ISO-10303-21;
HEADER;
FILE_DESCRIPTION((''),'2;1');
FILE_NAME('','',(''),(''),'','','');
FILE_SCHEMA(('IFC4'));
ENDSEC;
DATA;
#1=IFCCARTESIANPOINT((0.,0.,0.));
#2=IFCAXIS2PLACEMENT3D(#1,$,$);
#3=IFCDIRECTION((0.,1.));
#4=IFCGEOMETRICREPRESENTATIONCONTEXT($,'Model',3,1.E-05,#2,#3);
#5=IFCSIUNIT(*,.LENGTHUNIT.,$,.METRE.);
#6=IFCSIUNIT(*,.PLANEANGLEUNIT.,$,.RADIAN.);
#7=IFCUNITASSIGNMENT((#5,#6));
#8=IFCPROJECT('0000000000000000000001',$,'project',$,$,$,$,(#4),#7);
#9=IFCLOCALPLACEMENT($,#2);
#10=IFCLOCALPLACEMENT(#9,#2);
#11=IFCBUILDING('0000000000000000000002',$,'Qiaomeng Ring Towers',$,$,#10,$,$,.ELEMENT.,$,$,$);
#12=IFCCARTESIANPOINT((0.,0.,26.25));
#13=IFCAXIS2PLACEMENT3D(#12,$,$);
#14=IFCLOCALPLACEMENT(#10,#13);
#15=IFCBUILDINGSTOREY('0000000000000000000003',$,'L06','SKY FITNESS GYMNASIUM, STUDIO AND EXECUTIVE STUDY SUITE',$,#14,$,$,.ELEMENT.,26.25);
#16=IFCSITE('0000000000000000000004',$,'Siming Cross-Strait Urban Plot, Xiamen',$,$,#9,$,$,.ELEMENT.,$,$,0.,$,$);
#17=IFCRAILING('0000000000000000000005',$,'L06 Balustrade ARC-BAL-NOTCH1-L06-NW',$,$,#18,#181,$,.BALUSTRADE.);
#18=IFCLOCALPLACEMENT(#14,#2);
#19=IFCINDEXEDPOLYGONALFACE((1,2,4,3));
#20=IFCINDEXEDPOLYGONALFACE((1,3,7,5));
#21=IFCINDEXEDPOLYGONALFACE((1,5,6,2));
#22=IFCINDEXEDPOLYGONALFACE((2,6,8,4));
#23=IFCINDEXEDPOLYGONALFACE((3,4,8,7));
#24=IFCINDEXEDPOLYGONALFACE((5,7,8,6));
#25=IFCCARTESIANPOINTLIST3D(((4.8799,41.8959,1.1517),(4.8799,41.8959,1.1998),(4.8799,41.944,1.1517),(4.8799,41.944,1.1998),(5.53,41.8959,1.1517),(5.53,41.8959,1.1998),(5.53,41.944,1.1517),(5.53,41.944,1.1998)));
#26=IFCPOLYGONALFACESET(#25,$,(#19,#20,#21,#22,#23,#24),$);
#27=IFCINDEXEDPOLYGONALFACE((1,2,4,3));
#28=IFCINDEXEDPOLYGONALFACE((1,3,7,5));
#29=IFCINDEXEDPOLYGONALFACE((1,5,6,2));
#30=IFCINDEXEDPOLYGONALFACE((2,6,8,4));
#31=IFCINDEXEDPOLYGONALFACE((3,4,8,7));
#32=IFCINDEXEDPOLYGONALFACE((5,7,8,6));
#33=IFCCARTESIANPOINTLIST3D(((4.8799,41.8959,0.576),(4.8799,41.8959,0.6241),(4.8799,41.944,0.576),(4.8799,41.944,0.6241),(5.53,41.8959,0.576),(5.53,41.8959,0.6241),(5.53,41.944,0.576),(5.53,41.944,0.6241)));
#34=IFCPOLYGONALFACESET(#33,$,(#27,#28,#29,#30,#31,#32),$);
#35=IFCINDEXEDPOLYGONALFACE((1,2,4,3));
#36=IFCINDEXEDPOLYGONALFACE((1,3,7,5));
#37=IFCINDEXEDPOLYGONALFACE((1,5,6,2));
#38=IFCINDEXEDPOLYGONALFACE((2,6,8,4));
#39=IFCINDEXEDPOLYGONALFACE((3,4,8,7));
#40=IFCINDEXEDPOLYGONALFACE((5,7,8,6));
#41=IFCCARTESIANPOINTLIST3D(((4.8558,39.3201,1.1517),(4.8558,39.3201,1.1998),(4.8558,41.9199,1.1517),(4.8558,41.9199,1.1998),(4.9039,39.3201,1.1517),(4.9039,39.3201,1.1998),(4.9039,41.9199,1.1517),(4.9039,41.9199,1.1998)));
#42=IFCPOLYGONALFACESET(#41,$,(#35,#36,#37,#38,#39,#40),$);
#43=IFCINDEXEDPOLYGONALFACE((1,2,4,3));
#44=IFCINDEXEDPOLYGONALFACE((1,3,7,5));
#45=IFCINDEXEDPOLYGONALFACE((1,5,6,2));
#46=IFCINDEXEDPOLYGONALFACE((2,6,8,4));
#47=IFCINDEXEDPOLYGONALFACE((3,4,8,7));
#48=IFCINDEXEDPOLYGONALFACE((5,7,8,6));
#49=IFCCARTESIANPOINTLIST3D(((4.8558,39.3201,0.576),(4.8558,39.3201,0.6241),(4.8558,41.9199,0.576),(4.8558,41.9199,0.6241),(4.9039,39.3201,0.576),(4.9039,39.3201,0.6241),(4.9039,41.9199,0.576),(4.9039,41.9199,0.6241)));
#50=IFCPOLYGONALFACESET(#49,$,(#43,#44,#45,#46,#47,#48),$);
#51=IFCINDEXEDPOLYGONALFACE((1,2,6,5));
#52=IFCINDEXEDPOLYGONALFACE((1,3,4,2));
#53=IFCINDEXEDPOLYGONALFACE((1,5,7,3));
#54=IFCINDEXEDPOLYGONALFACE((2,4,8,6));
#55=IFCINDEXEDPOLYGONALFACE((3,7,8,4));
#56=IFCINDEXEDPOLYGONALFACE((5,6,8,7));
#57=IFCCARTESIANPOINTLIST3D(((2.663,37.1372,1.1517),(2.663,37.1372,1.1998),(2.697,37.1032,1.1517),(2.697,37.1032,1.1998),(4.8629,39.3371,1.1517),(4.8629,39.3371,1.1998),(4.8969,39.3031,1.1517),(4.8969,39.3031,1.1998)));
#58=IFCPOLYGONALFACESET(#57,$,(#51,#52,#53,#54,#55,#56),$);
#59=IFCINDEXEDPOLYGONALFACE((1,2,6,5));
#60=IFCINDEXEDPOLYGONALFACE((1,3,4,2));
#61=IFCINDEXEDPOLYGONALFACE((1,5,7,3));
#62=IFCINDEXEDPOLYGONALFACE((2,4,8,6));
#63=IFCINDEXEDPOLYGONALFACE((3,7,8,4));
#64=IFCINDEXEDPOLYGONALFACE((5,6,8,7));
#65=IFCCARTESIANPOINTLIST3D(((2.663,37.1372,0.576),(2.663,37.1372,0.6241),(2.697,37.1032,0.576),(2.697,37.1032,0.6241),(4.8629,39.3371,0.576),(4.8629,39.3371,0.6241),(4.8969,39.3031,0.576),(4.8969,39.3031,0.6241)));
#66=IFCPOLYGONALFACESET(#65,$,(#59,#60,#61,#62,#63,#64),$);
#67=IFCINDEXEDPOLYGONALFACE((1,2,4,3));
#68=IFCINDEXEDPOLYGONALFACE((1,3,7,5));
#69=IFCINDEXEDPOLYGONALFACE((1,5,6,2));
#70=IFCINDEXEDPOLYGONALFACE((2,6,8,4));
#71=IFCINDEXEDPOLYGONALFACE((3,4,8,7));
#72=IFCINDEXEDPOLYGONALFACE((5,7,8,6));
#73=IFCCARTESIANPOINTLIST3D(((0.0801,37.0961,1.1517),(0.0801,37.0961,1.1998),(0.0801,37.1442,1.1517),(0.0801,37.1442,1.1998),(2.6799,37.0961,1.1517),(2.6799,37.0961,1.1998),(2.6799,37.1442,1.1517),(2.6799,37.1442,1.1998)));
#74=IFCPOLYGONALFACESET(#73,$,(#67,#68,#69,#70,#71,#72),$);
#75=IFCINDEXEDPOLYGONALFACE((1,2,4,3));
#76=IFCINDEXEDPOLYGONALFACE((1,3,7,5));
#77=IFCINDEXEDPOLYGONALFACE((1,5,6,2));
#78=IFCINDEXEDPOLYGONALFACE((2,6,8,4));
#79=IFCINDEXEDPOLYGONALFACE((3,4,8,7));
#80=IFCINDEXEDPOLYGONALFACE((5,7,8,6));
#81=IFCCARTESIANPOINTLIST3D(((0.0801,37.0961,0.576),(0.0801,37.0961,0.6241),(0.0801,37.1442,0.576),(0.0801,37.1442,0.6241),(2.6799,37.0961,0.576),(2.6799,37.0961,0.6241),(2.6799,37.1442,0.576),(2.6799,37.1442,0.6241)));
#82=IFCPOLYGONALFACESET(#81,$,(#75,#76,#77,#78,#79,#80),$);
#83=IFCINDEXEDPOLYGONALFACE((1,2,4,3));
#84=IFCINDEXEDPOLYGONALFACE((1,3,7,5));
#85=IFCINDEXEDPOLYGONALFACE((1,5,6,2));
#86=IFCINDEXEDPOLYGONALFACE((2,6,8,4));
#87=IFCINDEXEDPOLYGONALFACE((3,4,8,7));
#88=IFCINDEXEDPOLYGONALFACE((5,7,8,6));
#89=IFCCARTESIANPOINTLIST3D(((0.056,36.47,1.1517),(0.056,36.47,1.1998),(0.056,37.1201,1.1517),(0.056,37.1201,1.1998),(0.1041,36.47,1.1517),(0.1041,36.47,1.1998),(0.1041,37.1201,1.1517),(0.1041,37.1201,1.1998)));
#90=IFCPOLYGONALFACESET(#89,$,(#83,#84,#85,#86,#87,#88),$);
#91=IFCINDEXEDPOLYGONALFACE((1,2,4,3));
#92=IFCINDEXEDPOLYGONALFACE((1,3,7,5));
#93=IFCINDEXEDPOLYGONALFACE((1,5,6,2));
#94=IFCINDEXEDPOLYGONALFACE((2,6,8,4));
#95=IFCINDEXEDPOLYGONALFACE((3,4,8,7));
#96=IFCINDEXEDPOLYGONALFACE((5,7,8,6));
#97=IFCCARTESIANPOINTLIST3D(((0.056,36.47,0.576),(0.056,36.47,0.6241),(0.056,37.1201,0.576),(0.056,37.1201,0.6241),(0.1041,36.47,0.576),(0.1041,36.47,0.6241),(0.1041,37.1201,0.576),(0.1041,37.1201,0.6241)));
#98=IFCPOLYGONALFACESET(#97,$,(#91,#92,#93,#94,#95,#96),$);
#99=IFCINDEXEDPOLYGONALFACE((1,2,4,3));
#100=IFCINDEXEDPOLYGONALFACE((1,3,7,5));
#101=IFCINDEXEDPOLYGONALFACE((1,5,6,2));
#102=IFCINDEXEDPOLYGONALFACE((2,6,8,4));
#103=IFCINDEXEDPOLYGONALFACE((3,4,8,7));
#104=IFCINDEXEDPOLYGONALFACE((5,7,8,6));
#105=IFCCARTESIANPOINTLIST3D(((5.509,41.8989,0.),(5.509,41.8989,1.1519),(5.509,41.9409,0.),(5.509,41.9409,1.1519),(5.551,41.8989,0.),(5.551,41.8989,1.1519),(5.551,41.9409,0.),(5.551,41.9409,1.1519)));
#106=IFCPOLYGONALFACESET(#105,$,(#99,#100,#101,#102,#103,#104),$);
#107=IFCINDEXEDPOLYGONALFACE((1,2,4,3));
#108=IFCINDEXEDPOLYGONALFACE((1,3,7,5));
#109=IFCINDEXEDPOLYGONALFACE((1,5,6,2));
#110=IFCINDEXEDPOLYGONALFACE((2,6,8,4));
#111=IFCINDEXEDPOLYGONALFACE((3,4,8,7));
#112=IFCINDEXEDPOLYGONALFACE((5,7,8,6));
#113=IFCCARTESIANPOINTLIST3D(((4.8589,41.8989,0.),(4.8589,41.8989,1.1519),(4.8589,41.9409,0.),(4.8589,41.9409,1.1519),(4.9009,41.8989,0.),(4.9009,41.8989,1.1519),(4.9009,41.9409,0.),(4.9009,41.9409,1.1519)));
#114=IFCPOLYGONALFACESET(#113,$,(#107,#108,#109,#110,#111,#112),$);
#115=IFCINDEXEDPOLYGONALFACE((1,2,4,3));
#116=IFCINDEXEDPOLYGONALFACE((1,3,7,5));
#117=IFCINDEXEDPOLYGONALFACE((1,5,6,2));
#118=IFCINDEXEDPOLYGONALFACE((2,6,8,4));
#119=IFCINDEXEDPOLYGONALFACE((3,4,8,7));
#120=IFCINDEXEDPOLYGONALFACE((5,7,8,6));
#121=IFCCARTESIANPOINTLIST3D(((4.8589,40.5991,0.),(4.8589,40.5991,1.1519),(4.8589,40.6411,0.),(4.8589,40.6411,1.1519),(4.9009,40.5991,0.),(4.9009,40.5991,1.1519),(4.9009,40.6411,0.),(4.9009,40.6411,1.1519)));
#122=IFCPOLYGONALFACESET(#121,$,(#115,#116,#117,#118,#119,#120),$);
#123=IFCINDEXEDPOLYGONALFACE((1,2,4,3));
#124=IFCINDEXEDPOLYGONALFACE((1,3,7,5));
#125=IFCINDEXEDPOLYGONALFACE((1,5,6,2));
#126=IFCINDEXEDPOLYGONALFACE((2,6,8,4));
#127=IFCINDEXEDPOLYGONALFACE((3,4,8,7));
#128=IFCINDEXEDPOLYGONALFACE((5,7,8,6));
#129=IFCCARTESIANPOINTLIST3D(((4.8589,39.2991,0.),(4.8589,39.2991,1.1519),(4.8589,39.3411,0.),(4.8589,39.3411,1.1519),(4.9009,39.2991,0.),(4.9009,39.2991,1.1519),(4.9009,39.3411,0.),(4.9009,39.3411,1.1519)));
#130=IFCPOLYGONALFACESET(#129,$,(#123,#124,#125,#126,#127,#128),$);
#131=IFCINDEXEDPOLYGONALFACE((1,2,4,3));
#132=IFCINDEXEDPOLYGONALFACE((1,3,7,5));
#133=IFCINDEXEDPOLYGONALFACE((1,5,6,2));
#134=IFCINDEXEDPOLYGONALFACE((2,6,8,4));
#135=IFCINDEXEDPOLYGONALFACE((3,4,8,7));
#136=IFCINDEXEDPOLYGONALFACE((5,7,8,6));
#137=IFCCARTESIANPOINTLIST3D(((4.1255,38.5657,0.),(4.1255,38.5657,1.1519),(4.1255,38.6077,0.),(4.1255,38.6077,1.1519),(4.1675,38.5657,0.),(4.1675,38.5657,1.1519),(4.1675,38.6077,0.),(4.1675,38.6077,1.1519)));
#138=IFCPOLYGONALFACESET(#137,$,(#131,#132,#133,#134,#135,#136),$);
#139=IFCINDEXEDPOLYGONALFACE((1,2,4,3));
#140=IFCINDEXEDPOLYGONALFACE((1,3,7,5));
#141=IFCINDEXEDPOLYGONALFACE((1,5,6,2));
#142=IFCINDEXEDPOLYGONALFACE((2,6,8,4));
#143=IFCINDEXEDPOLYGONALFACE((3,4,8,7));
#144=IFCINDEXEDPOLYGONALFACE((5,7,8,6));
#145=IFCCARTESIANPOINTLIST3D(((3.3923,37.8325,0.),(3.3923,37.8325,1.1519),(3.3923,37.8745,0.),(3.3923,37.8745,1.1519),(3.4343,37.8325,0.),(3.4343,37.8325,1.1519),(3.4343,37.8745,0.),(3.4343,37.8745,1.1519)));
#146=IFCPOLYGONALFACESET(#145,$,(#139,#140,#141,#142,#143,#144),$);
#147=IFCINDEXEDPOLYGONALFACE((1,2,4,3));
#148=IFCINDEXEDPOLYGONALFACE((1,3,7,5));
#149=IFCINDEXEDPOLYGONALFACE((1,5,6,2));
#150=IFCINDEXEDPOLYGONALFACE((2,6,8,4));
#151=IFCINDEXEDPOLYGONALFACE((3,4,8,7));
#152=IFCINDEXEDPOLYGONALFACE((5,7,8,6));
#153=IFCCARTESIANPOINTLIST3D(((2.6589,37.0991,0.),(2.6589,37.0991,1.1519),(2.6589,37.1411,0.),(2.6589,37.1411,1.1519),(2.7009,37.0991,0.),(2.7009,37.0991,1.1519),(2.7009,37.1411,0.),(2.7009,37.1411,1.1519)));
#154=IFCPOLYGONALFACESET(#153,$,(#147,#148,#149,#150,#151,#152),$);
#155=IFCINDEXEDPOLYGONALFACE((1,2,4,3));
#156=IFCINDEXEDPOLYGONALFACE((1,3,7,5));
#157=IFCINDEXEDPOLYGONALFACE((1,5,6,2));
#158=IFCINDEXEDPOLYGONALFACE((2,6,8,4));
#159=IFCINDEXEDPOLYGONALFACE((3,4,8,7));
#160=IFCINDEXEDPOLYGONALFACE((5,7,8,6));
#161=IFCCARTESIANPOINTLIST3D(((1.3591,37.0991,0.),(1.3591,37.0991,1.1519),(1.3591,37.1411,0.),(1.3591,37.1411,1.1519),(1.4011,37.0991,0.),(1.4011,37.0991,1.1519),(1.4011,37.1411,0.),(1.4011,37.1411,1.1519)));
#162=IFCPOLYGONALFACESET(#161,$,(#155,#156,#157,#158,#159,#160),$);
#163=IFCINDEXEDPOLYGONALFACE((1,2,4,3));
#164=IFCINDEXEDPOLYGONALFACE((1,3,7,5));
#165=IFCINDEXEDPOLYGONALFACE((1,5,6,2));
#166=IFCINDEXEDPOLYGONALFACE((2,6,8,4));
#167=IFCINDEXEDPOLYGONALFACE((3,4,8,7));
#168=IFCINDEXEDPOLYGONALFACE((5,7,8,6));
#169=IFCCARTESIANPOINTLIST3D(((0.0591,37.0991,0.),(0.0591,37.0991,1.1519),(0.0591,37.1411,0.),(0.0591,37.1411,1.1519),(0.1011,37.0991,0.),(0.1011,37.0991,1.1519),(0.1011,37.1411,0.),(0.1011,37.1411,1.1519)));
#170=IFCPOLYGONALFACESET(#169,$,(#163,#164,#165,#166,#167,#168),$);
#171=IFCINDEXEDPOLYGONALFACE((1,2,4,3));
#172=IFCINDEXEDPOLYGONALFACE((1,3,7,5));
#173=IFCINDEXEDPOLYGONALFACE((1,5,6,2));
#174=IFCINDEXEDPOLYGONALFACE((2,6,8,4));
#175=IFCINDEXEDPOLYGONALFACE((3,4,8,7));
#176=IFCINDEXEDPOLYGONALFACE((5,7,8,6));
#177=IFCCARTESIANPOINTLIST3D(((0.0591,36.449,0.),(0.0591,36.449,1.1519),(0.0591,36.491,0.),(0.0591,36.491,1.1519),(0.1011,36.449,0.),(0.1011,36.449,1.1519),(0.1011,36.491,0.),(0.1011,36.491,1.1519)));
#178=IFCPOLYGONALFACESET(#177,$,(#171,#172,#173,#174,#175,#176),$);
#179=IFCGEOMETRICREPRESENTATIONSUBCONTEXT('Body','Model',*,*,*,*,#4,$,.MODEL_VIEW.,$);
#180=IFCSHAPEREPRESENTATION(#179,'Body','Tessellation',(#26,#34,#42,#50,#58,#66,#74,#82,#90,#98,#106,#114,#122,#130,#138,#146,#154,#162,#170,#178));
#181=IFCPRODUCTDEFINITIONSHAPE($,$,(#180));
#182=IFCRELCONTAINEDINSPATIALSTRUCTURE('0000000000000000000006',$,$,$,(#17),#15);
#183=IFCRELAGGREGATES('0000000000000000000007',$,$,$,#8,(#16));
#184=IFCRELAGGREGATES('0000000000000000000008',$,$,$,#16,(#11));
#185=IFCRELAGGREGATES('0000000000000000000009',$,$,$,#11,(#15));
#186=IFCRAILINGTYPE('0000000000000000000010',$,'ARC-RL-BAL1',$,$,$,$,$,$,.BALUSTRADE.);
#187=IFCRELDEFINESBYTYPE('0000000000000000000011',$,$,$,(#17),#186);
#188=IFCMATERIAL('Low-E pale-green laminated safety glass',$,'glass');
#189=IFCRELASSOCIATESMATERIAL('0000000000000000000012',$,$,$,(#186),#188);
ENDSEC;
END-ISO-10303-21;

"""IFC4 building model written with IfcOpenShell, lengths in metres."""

from ifc_helpers import new_model, si_unit, direction, frame, origin, origin_2d, place, context, subcontext, project, spatial, rectangle, extrude, material, type_object, element, save


model = new_model("IFC4")

# Units and contexts
model_context = context("Model", 3, precision=1e-05, world=origin(), true_north=direction((0.0, 1.0)))
body_context = subcontext(model_context, "Body", "Model", "MODEL_VIEW")
ifc_project = project(units=[si_unit("LENGTHUNIT", "METRE"), si_unit("PLANEANGLEUNIT", "RADIAN")], contexts=[model_context])

# Site, building, storey
site_placement = place(None, origin())
site = spatial("IfcSite", under=ifc_project, at=site_placement, Name="Siming Cross-Strait Urban Plot, Xiamen", CompositionType="ELEMENT", RefElevation=0.0)
building_placement = place(site_placement, origin())
building = spatial("IfcBuilding", under=site, at=building_placement, Name="Qiaomeng Ring Towers", CompositionType="ELEMENT")
storey_placement = place(building_placement, frame((0.0, 0.0, 26.25)))
storey = spatial("IfcBuildingStorey", under=building, at=storey_placement, Name="L06", Description="SKY FITNESS GYMNASIUM, STUDIO AND EXECUTIVE STUDY SUITE", CompositionType="ELEMENT", Elevation=26.25)

# Railing
ifc_material_1 = material(Name="Low-E pale-green laminated safety glass", Category="glass")
railing_type = type_object("IfcRailingType", Name="ARC-RL-BAL1", PredefinedType="BALUSTRADE", material=ifc_material_1)
railing_placement = place(storey_placement, frame((5.53, 41.9199, 0.0)))
element("IfcRailing", 1, at=railing_placement, inside=storey, type_object=railing_type, Name="L06 Balustrade ARC-BAL-NOTCH1-L06-NW", PredefinedType="BALUSTRADE", context=body_context, shape_type="SweptSolid", body=[
    extrude(rectangle(XDim=0.0481, YDim=0.0481, at=origin_2d()), frame((0.0, 0.0, 1.1758), z_axis=(-1.0, 0.0, 0.0), x_axis=(0.0, -1.0, 0.0)), (0.0, 0.0, 1.0), 0.6501),
    extrude(rectangle(XDim=0.0481, YDim=0.0481, at=origin_2d()), frame((0.0, 0.0, 0.6001), z_axis=(-1.0, 0.0, 0.0), x_axis=(0.0, -1.0, 0.0)), (0.0, 0.0, 1.0), 0.6501),
    extrude(rectangle(XDim=0.0481, YDim=0.0481, at=origin_2d()), frame((-0.6501, 0.0, 1.1758), z_axis=(0.0, -1.0, 0.0), x_axis=(1.0, 0.0, 0.0)), (0.0, 0.0, 1.0), 2.5999),
    extrude(rectangle(XDim=0.0481, YDim=0.0481, at=origin_2d()), frame((-0.6501, 0.0, 0.6001), z_axis=(0.0, -1.0, 0.0), x_axis=(1.0, 0.0, 0.0)), (0.0, 0.0, 1.0), 2.5999),
    extrude(rectangle(XDim=0.0481, YDim=0.0481, at=origin_2d()), frame((-0.6501, -2.5999, 1.1758), z_axis=(-0.707107, -0.707107, 0.0), x_axis=(0.707107, -0.707107, 0.0)), (0.0, 0.0, 1.0), 3.1111),
    extrude(rectangle(XDim=0.0481, YDim=0.0481, at=origin_2d()), frame((-0.6501, -2.5999, 0.6001), z_axis=(-0.707107, -0.707107, 0.0), x_axis=(0.707107, -0.707107, 0.0)), (0.0, 0.0, 1.0), 3.1111),
    extrude(rectangle(XDim=0.0481, YDim=0.0481, at=origin_2d()), frame((-2.8501, -4.7998, 1.1758), z_axis=(-1.0, 0.0, 0.0), x_axis=(0.0, -1.0, 0.0)), (0.0, 0.0, 1.0), 2.5999),
    extrude(rectangle(XDim=0.0481, YDim=0.0481, at=origin_2d()), frame((-2.8501, -4.7998, 0.6001), z_axis=(-1.0, 0.0, 0.0), x_axis=(0.0, -1.0, 0.0)), (0.0, 0.0, 1.0), 2.5999),
    extrude(rectangle(XDim=0.0481, YDim=0.0481, at=origin_2d()), frame((-5.45, -4.7998, 1.1758), z_axis=(0.0, -1.0, 0.0), x_axis=(1.0, 0.0, 0.0)), (0.0, 0.0, 1.0), 0.6501),
    extrude(rectangle(XDim=0.0481, YDim=0.0481, at=origin_2d()), frame((-5.45, -4.7998, 0.6001), z_axis=(0.0, -1.0, 0.0), x_axis=(1.0, 0.0, 0.0)), (0.0, 0.0, 1.0), 0.6501),
    extrude(rectangle(XDim=0.042, YDim=0.042, at=origin_2d()), origin(), (0.0, 0.0, 1.0), 1.1519),
    extrude(rectangle(XDim=0.042, YDim=0.042, at=origin_2d()), frame((-0.6501, 0.0, 0.0)), (0.0, 0.0, 1.0), 1.1519),
    extrude(rectangle(XDim=0.042, YDim=0.042, at=origin_2d()), frame((-0.6501, -1.2998, 0.0)), (0.0, 0.0, 1.0), 1.1519),
    extrude(rectangle(XDim=0.042, YDim=0.042, at=origin_2d()), frame((-0.6501, -2.5999, 0.0)), (0.0, 0.0, 1.0), 1.1519),
    extrude(rectangle(XDim=0.042, YDim=0.042, at=origin_2d()), frame((-1.3835, -3.3333, 0.0)), (0.0, 0.0, 1.0), 1.1519),
    extrude(rectangle(XDim=0.042, YDim=0.042, at=origin_2d()), frame((-2.1167, -4.0664, 0.0)), (0.0, 0.0, 1.0), 1.1519),
    extrude(rectangle(XDim=0.042, YDim=0.042, at=origin_2d()), frame((-2.8501, -4.7998, 0.0)), (0.0, 0.0, 1.0), 1.1519),
    extrude(rectangle(XDim=0.042, YDim=0.042, at=origin_2d()), frame((-4.1499, -4.7998, 0.0)), (0.0, 0.0, 1.0), 1.1519),
    extrude(rectangle(XDim=0.042, YDim=0.042, at=origin_2d()), frame((-5.45, -4.7998, 0.0)), (0.0, 0.0, 1.0), 1.1519),
    extrude(rectangle(XDim=0.042, YDim=0.042, at=origin_2d()), frame((-5.45, -5.45, 0.0)), (0.0, 0.0, 1.0), 1.1519),
])

save(model, "model.ifc")
